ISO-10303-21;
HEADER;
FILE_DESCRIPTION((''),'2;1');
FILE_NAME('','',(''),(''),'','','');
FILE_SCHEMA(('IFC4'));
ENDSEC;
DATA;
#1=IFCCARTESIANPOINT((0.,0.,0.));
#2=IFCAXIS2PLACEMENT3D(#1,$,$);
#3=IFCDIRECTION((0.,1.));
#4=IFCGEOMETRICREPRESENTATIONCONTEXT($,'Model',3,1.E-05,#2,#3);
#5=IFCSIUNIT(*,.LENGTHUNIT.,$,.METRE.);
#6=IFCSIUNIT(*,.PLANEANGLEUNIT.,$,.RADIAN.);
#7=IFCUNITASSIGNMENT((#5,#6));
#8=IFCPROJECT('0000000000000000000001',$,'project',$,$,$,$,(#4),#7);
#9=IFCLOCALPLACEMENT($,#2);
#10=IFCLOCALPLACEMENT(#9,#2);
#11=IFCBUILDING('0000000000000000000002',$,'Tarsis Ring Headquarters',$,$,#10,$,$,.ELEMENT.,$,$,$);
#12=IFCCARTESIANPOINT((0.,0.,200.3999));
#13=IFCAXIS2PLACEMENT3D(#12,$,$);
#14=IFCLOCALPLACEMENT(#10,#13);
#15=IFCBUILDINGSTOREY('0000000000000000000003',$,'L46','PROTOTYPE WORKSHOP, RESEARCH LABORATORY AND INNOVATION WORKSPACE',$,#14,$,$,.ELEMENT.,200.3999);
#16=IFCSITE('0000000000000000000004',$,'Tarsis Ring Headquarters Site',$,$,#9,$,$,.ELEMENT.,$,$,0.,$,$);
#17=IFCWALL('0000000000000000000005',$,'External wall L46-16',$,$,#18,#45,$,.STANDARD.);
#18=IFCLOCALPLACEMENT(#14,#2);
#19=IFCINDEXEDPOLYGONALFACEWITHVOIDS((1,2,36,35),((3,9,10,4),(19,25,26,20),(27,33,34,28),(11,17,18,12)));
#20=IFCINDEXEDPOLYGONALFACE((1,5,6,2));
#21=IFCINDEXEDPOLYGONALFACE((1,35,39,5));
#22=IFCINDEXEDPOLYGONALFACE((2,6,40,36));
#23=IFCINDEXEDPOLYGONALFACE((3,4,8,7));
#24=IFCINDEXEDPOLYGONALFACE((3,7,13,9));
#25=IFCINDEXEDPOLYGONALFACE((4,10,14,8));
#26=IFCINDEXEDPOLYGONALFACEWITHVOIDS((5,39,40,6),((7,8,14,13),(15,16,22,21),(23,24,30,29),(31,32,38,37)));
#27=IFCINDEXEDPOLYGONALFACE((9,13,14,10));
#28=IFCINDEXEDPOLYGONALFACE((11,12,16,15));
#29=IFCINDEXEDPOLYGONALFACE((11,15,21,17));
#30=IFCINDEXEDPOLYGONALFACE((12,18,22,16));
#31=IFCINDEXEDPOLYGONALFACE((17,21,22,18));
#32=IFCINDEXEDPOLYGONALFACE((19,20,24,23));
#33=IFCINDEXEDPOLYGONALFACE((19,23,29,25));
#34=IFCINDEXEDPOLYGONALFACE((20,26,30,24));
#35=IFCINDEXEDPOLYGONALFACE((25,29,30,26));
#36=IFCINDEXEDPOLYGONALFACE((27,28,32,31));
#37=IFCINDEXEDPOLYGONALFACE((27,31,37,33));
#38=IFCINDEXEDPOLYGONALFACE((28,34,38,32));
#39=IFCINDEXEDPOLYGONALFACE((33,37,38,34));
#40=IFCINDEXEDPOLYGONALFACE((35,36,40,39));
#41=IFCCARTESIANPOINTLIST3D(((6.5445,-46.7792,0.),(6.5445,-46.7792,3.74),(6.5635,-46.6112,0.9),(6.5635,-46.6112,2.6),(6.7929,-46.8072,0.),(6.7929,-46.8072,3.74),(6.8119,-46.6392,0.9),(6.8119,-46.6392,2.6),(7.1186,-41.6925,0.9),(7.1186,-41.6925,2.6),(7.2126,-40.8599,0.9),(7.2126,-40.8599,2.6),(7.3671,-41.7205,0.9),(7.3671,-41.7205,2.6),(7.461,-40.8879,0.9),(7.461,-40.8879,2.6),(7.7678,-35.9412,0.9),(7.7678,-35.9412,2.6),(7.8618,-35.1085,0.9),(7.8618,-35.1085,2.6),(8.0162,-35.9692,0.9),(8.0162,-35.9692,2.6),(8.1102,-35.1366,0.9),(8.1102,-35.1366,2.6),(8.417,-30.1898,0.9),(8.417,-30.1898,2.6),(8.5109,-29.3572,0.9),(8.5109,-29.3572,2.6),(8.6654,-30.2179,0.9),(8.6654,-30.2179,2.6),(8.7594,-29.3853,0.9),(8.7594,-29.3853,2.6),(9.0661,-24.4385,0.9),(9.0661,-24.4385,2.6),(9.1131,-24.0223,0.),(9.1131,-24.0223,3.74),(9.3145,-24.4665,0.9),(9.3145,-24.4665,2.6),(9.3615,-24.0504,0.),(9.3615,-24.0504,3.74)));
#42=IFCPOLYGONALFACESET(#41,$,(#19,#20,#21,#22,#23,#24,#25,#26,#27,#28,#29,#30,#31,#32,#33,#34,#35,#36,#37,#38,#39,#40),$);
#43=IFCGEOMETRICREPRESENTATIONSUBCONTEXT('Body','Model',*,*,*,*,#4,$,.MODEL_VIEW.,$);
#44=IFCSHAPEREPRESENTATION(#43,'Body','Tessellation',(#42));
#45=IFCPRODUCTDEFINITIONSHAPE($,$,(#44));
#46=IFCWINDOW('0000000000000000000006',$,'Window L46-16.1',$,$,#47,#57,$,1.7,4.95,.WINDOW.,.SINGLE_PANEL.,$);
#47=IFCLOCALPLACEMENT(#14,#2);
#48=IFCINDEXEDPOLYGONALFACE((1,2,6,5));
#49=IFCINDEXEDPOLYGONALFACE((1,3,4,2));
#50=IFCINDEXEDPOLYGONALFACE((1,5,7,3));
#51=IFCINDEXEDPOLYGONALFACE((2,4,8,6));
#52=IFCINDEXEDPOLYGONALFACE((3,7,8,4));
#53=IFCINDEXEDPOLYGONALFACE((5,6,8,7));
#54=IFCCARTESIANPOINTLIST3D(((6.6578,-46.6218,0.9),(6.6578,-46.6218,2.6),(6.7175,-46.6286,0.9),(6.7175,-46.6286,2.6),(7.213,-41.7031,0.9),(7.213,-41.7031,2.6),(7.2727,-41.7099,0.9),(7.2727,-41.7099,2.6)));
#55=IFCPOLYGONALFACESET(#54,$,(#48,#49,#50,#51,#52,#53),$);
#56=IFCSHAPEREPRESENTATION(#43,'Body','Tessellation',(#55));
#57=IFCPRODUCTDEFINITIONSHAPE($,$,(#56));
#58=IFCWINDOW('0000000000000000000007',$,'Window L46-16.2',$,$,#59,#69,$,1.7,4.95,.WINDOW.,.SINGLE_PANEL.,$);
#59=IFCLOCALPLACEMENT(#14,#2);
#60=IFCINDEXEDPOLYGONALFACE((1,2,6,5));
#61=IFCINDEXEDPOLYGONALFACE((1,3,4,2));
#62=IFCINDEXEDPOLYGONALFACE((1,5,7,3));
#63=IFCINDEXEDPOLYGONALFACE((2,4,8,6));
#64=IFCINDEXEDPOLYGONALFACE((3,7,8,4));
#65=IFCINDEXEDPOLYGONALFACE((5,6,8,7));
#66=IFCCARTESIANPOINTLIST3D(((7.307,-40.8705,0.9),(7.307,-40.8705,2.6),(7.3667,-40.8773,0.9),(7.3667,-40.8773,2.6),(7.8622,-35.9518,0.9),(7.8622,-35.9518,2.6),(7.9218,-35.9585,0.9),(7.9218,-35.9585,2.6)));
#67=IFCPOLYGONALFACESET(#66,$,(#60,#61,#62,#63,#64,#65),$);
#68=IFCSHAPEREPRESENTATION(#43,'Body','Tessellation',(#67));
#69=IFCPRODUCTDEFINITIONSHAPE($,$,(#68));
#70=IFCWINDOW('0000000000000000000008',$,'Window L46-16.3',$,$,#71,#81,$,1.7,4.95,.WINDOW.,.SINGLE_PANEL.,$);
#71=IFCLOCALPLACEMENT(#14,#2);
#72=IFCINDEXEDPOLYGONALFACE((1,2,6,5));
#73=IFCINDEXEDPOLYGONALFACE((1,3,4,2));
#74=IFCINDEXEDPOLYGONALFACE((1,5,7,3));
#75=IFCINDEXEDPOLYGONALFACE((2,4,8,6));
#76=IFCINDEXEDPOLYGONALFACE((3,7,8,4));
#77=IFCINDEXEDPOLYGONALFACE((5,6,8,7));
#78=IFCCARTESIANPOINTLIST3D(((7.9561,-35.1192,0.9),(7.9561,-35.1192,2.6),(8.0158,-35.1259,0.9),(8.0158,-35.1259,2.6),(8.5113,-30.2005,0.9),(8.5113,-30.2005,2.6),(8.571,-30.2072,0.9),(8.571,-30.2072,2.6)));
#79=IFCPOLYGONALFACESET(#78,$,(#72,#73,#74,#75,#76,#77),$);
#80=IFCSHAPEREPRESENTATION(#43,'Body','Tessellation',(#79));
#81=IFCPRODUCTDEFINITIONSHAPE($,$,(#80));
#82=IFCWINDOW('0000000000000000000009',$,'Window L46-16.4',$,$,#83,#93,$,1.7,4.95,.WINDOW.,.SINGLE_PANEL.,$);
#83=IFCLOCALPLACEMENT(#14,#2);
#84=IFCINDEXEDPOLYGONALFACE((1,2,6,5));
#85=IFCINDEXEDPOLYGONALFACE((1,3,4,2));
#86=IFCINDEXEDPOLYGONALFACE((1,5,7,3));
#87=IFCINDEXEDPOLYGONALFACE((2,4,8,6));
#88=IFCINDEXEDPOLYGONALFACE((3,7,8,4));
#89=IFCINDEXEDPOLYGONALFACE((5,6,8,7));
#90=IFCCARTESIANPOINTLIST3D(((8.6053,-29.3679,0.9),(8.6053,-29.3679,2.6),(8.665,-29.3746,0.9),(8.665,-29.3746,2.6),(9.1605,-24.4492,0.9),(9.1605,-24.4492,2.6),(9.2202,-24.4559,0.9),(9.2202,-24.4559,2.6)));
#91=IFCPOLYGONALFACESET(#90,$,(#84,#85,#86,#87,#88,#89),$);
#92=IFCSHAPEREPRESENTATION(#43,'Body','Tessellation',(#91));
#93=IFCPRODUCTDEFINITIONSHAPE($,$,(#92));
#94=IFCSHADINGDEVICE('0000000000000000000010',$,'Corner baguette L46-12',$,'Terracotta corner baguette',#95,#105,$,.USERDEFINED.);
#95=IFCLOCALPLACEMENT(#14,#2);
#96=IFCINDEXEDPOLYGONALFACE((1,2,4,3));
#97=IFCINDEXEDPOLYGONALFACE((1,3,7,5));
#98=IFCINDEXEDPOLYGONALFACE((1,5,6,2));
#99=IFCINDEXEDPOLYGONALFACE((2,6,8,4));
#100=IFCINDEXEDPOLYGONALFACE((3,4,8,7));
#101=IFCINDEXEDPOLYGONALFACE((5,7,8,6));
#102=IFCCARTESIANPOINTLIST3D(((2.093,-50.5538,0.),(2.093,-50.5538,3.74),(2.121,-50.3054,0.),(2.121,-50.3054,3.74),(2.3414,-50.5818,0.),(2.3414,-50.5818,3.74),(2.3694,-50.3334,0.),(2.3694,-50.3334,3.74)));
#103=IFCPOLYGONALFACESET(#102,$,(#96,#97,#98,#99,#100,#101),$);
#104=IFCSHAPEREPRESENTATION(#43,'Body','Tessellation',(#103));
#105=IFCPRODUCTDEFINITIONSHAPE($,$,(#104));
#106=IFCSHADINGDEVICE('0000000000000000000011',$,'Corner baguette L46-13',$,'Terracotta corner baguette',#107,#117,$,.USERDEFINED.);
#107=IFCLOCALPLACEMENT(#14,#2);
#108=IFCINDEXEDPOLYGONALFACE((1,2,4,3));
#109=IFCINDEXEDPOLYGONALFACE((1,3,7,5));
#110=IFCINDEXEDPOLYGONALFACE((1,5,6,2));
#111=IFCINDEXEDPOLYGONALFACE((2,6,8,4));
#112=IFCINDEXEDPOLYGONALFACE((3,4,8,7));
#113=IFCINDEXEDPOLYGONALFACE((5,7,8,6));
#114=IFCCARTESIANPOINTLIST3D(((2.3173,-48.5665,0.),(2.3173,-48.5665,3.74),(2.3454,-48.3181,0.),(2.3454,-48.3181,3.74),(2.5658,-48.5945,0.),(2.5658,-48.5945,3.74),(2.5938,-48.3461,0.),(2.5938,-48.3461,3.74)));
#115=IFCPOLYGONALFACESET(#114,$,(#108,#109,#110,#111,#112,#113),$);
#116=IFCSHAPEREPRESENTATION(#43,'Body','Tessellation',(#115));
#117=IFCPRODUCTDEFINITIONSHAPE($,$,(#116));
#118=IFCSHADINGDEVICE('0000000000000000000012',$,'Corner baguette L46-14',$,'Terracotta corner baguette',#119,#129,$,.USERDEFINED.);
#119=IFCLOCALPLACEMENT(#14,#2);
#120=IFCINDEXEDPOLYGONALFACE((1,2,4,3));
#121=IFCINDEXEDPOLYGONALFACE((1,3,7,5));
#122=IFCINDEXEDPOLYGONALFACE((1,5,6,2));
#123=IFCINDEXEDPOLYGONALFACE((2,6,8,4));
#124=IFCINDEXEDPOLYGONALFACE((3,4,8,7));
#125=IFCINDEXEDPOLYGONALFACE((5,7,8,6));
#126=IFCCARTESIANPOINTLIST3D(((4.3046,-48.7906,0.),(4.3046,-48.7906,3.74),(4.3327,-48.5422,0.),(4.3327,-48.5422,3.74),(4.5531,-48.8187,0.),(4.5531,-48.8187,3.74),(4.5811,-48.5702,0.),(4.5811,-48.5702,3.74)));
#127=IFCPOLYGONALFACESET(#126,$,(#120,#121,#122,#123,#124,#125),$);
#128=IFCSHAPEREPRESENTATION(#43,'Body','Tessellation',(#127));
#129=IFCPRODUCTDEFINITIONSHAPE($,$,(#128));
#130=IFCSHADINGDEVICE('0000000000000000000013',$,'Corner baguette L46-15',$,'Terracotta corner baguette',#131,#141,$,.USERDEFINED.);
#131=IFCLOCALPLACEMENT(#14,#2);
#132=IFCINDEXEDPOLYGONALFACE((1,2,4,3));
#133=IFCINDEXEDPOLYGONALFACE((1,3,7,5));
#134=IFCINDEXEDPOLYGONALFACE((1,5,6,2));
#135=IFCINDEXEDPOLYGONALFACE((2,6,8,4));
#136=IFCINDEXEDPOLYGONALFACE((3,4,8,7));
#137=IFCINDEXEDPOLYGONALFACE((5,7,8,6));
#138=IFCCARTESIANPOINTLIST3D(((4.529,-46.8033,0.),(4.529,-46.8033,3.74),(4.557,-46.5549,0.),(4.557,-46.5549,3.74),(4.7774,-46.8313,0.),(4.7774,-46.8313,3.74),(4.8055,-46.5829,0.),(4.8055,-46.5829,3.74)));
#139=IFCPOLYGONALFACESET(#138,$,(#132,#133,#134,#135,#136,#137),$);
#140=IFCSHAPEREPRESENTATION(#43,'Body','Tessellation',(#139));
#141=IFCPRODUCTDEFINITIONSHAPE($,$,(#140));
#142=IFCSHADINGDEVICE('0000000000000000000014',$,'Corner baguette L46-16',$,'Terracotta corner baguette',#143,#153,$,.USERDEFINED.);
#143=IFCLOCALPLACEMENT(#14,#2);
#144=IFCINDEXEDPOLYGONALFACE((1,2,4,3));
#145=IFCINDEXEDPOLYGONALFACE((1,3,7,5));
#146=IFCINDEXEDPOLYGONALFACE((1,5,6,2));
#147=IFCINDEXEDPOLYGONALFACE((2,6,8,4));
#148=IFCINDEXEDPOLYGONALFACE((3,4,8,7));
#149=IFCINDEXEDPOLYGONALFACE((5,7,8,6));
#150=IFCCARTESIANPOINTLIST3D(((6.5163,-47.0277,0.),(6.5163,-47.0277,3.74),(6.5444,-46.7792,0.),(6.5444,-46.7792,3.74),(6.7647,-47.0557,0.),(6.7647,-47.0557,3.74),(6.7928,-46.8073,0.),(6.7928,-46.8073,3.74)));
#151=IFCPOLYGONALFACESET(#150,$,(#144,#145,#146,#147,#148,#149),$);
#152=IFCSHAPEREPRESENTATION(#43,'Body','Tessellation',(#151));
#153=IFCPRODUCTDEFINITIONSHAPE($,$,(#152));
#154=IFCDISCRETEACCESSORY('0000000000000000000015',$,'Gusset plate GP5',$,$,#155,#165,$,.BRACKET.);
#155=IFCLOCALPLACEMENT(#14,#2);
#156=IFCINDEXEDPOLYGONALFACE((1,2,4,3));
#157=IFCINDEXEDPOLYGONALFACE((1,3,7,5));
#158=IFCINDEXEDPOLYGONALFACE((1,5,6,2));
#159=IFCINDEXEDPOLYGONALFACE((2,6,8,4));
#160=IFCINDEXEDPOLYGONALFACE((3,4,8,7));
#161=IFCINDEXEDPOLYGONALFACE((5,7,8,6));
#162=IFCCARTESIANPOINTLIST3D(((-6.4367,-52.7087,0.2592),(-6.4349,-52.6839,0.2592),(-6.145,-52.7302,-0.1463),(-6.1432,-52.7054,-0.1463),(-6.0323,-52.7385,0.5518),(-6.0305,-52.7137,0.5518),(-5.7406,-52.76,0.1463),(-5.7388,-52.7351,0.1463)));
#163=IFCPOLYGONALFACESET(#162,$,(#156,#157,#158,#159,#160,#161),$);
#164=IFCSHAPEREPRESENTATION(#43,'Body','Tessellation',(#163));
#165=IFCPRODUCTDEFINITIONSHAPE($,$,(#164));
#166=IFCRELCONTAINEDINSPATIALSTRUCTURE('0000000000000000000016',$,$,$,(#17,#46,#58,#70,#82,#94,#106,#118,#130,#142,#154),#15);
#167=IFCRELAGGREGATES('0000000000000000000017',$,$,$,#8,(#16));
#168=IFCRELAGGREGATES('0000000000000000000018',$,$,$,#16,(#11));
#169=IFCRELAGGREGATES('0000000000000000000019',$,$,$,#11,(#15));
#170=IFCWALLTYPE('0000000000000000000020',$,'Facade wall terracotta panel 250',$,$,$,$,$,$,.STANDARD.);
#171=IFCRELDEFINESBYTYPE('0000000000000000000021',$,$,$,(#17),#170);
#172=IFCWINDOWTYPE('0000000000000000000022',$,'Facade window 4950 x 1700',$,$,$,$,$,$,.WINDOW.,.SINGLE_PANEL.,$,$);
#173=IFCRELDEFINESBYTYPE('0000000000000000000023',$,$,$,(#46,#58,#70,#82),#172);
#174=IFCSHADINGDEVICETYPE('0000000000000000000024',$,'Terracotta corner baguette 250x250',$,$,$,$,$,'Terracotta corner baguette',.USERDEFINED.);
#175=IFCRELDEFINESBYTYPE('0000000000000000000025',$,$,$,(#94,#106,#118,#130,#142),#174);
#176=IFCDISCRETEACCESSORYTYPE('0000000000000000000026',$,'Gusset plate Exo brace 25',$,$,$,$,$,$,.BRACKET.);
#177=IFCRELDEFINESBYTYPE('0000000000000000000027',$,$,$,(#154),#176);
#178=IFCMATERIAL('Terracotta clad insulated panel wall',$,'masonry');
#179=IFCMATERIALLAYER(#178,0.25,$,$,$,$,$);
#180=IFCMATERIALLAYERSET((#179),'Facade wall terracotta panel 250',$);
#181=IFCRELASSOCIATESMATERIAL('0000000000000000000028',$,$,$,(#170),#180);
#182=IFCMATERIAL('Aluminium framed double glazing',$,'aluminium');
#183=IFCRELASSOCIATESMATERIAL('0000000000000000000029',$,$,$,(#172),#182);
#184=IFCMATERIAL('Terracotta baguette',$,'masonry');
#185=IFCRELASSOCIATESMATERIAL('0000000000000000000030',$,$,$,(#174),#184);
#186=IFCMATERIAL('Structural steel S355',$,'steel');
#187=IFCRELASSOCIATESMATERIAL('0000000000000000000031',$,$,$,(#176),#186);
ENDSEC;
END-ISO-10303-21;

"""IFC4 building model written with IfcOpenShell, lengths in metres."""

from ifc_helpers import new_model, si_unit, direction, frame, frame_2d, origin, origin_2d, place, context, subcontext, project, spatial, rectangle, extrude, material, layer, layer_set, material_profile, profile_set, type_object, element, fill, save


model = new_model("IFC4")

# Units and contexts
model_context = context("Model", 3, precision=1e-05, world=origin(), true_north=direction((0.0, 1.0)))
body_context = subcontext(model_context, "Body", "Model", "MODEL_VIEW")
ifc_project = project(units=[si_unit("LENGTHUNIT", "METRE"), si_unit("PLANEANGLEUNIT", "RADIAN")], contexts=[model_context])

# Site, building, storey
site_placement = place(None, origin())
site = spatial("IfcSite", under=ifc_project, at=site_placement, Name="Tarsis Ring Headquarters Site", CompositionType="ELEMENT", RefElevation=0.0)
building_placement = place(site_placement, origin())
building = spatial("IfcBuilding", under=site, at=building_placement, Name="Tarsis Ring Headquarters", CompositionType="ELEMENT")
storey_placement = place(building_placement, frame((0.0, 0.0, 200.3999)))
storey = spatial("IfcBuildingStorey", under=building, at=storey_placement, Name="L46", Description="PROTOTYPE WORKSHOP, RESEARCH LABORATORY AND INNOVATION WORKSPACE", CompositionType="ELEMENT", Elevation=200.3999)

# Shared definitions
ifc_material_1 = material(Name="Structural steel S355", Category="steel")

# Shared definitions
ifc_material_2 = material(Name="Terracotta clad insulated panel wall", Category="masonry")
ifc_layer = layer(ifc_material_2, 0.25)
ifc_layer_set = layer_set([ifc_layer], Name="Facade wall terracotta panel 250")
wall_type = type_object("IfcWallType", Name="Facade wall terracotta panel 250", PredefinedType="STANDARD", material=ifc_layer_set)

# Wall, openings, windows
wall_1_placement = place(storey_placement, frame((6.6687, -46.7932, 0.0), z_axis=(0.0, 0.0, 1.0), x_axis=(0.11216, 0.99369, 0.0)))
wall_1 = element("IfcWall", 1, at=wall_1_placement, inside=storey, type_object=wall_type, Name="External wall L46-16", PredefinedType="STANDARD", context=body_context, shape_type="SweptSolid", body=[
    extrude(rectangle(XDim=22.9014, YDim=0.25, at=frame_2d((11.4507, 0.0))), origin(), (0.0, 0.0, 1.0), 3.74),
])
opening_1_placement = place(wall_1_placement, frame((0.1689, 0.0, 0.8999)))
opening_1 = element("IfcOpeningElement", 2, at=opening_1_placement, cuts=wall_1, PredefinedType="OPENING", context=body_context, shape_type="SweptSolid", body=[
    extrude(rectangle(XDim=4.95, YDim=1.7, at=frame_2d((2.4751, 0.8501))), frame((0.0, 0.135, 0.0), z_axis=(0.0, -1.0, 0.0), x_axis=(1.0, 0.0, 0.0)), (0.0, 0.0, 1.0), 0.27),
])
opening_2_placement = place(wall_1_placement, frame((5.9568, 0.0, 0.8999)))
opening_2 = element("IfcOpeningElement", 3, at=opening_2_placement, cuts=wall_1, PredefinedType="OPENING", context=body_context, shape_type="SweptSolid", body=[
    extrude(rectangle(XDim=4.95, YDim=1.7, at=frame_2d((2.4751, 0.8501))), frame((0.0, 0.135, 0.0), z_axis=(0.0, -1.0, 0.0), x_axis=(1.0, 0.0, 0.0)), (0.0, 0.0, 1.0), 0.27),
])
opening_3_placement = place(wall_1_placement, frame((11.7446, 0.0, 0.8999)))
opening_3 = element("IfcOpeningElement", 4, at=opening_3_placement, cuts=wall_1, PredefinedType="OPENING", context=body_context, shape_type="SweptSolid", body=[
    extrude(rectangle(XDim=4.95, YDim=1.7, at=frame_2d((2.4751, 0.8501))), frame((0.0, 0.135, 0.0), z_axis=(0.0, -1.0, 0.0), x_axis=(1.0, 0.0, 0.0)), (0.0, 0.0, 1.0), 0.27),
])
opening_4_placement = place(wall_1_placement, frame((17.5325, 0.0, 0.8999)))
opening_4 = element("IfcOpeningElement", 5, at=opening_4_placement, cuts=wall_1, PredefinedType="OPENING", context=body_context, shape_type="SweptSolid", body=[
    extrude(rectangle(XDim=4.95, YDim=1.7, at=frame_2d((2.4751, 0.8501))), frame((0.0, 0.135, 0.0), z_axis=(0.0, -1.0, 0.0), x_axis=(1.0, 0.0, 0.0)), (0.0, 0.0, 1.0), 0.27),
])
ifc_material_3 = material(Name="Aluminium framed double glazing", Category="aluminium")
window_type = type_object("IfcWindowType", Name="Facade window 4950 x 1700", PartitioningType="SINGLE_PANEL", PredefinedType="WINDOW", material=ifc_material_3)
window_1_placement = place(opening_1_placement, origin())
window_1 = element("IfcWindow", 6, at=window_1_placement, inside=storey, type_object=window_type, Name="Window L46-16.1", OverallHeight=1.7, OverallWidth=4.95, PartitioningType="SINGLE_PANEL", PredefinedType="WINDOW", context=body_context, shape_type="SweptSolid", body=[
    extrude(rectangle(XDim=4.95, YDim=1.7, at=frame_2d((2.4751, 0.8501))), frame((0.0, 0.03, 0.0), z_axis=(0.0, -1.0, 0.0), x_axis=(1.0, 0.0, 0.0)), (0.0, 0.0, 1.0), 0.0601),
])
fill(opening_1, window_1)
window_2_placement = place(opening_2_placement, origin())
window_2 = element("IfcWindow", 7, at=window_2_placement, inside=storey, type_object=window_type, Name="Window L46-16.2", OverallHeight=1.7, OverallWidth=4.95, PartitioningType="SINGLE_PANEL", PredefinedType="WINDOW", context=body_context, shape_type="SweptSolid", body=[
    extrude(rectangle(XDim=4.95, YDim=1.7, at=frame_2d((2.4751, 0.8501))), frame((0.0, 0.03, 0.0), z_axis=(0.0, -1.0, 0.0), x_axis=(1.0, 0.0, 0.0)), (0.0, 0.0, 1.0), 0.0601),
])
fill(opening_2, window_2)
window_3_placement = place(opening_3_placement, origin())
window_3 = element("IfcWindow", 8, at=window_3_placement, inside=storey, type_object=window_type, Name="Window L46-16.3", OverallHeight=1.7, OverallWidth=4.95, PartitioningType="SINGLE_PANEL", PredefinedType="WINDOW", context=body_context, shape_type="SweptSolid", body=[
    extrude(rectangle(XDim=4.95, YDim=1.7, at=frame_2d((2.4751, 0.8501))), frame((0.0, 0.03, 0.0), z_axis=(0.0, -1.0, 0.0), x_axis=(1.0, 0.0, 0.0)), (0.0, 0.0, 1.0), 0.0601),
])
fill(opening_3, window_3)
window_4_placement = place(opening_4_placement, origin())
window_4 = element("IfcWindow", 9, at=window_4_placement, inside=storey, type_object=window_type, Name="Window L46-16.4", OverallHeight=1.7, OverallWidth=4.95, PartitioningType="SINGLE_PANEL", PredefinedType="WINDOW", context=body_context, shape_type="SweptSolid", body=[
    extrude(rectangle(XDim=4.95, YDim=1.7, at=frame_2d((2.4751, 0.8501))), frame((0.0, 0.03, 0.0), z_axis=(0.0, -1.0, 0.0), x_axis=(1.0, 0.0, 0.0)), (0.0, 0.0, 1.0), 0.0601),
])
fill(opening_4, window_4)

# Shading devices
ifc_material_4 = material(Name="Terracotta baguette", Category="masonry")
shading_device_type_1 = type_object("IfcShadingDeviceType", Name="Terracotta corner baguette 250x250", ElementType="Terracotta corner baguette", PredefinedType="USERDEFINED", material=ifc_material_4)
for number, where, z_axis, x_axis, name in (
    (10, (2.2312, -50.4436, 0.0), (0.0, 0.0, 1.0), (0.99369, -0.112163, 0.0), "Corner baguette L46-12"),
    (11, (2.4556, -48.4563, 0.0), (0.0, 0.0, 1.0), (0.112163, 0.99369, 0.0), "Corner baguette L46-13"),
    (12, (4.4429, -48.6804, 0.0), (0.0, 0.0, 1.0), (0.99369, -0.112162, 0.0), "Corner baguette L46-14"),
    (13, (4.6672, -46.6931, 0.0), (0.0, 0.0, 1.0), (0.112162, 0.99369, 0.0), "Corner baguette L46-15"),
    (14, (6.6545, -46.9175, 0.0), (0.0, 0.0, 1.0), (0.99369, -0.112163, 0.0), "Corner baguette L46-16"),
):
    element("IfcShadingDevice", number, at=place(storey_placement, frame(where, z_axis=z_axis, x_axis=x_axis)), inside=storey, type_object=shading_device_type_1, Name=name, ObjectType="Terracotta corner baguette", PredefinedType="USERDEFINED", context=body_context, shape_type="SweptSolid", body=[
        extrude(rectangle(XDim=0.25, YDim=0.25, at=origin_2d()), origin(), (0.0, 0.0, 1.0), 3.74),
    ])

# Discrete accessory
ifc_material_profile_1 = material_profile(ifc_material_1, rectangle(XDim=0.0249, YDim=0.5, at=origin_2d()), Name="PL 25x500")
ifc_profile_set_1 = profile_set([ifc_material_profile_1], Name="Structural steel S355")
discrete_accessory_type = type_object("IfcDiscreteAccessoryType", Name="Gusset plate Exo brace 25", PredefinedType="BRACKET", material=ifc_profile_set_1)
discrete_accessory_placement = place(storey_placement, frame((-5.9419, -52.7327, 0.0), z_axis=(-0.583469, 0.042967, 0.810998), x_axis=(-0.073441, -0.9973, 0.0)))
element("IfcDiscreteAccessory", 15, at=discrete_accessory_placement, inside=storey, type_object=discrete_accessory_type, Name="Gusset plate GP5", PredefinedType="BRACKET", context=body_context, shape_type="SweptSolid", body=[
    extrude(rectangle(XDim=0.0249, YDim=0.5, at=origin_2d()), origin(), (0.0, 0.0, 1.0), 0.5),
])

save(model, "model.ifc")
